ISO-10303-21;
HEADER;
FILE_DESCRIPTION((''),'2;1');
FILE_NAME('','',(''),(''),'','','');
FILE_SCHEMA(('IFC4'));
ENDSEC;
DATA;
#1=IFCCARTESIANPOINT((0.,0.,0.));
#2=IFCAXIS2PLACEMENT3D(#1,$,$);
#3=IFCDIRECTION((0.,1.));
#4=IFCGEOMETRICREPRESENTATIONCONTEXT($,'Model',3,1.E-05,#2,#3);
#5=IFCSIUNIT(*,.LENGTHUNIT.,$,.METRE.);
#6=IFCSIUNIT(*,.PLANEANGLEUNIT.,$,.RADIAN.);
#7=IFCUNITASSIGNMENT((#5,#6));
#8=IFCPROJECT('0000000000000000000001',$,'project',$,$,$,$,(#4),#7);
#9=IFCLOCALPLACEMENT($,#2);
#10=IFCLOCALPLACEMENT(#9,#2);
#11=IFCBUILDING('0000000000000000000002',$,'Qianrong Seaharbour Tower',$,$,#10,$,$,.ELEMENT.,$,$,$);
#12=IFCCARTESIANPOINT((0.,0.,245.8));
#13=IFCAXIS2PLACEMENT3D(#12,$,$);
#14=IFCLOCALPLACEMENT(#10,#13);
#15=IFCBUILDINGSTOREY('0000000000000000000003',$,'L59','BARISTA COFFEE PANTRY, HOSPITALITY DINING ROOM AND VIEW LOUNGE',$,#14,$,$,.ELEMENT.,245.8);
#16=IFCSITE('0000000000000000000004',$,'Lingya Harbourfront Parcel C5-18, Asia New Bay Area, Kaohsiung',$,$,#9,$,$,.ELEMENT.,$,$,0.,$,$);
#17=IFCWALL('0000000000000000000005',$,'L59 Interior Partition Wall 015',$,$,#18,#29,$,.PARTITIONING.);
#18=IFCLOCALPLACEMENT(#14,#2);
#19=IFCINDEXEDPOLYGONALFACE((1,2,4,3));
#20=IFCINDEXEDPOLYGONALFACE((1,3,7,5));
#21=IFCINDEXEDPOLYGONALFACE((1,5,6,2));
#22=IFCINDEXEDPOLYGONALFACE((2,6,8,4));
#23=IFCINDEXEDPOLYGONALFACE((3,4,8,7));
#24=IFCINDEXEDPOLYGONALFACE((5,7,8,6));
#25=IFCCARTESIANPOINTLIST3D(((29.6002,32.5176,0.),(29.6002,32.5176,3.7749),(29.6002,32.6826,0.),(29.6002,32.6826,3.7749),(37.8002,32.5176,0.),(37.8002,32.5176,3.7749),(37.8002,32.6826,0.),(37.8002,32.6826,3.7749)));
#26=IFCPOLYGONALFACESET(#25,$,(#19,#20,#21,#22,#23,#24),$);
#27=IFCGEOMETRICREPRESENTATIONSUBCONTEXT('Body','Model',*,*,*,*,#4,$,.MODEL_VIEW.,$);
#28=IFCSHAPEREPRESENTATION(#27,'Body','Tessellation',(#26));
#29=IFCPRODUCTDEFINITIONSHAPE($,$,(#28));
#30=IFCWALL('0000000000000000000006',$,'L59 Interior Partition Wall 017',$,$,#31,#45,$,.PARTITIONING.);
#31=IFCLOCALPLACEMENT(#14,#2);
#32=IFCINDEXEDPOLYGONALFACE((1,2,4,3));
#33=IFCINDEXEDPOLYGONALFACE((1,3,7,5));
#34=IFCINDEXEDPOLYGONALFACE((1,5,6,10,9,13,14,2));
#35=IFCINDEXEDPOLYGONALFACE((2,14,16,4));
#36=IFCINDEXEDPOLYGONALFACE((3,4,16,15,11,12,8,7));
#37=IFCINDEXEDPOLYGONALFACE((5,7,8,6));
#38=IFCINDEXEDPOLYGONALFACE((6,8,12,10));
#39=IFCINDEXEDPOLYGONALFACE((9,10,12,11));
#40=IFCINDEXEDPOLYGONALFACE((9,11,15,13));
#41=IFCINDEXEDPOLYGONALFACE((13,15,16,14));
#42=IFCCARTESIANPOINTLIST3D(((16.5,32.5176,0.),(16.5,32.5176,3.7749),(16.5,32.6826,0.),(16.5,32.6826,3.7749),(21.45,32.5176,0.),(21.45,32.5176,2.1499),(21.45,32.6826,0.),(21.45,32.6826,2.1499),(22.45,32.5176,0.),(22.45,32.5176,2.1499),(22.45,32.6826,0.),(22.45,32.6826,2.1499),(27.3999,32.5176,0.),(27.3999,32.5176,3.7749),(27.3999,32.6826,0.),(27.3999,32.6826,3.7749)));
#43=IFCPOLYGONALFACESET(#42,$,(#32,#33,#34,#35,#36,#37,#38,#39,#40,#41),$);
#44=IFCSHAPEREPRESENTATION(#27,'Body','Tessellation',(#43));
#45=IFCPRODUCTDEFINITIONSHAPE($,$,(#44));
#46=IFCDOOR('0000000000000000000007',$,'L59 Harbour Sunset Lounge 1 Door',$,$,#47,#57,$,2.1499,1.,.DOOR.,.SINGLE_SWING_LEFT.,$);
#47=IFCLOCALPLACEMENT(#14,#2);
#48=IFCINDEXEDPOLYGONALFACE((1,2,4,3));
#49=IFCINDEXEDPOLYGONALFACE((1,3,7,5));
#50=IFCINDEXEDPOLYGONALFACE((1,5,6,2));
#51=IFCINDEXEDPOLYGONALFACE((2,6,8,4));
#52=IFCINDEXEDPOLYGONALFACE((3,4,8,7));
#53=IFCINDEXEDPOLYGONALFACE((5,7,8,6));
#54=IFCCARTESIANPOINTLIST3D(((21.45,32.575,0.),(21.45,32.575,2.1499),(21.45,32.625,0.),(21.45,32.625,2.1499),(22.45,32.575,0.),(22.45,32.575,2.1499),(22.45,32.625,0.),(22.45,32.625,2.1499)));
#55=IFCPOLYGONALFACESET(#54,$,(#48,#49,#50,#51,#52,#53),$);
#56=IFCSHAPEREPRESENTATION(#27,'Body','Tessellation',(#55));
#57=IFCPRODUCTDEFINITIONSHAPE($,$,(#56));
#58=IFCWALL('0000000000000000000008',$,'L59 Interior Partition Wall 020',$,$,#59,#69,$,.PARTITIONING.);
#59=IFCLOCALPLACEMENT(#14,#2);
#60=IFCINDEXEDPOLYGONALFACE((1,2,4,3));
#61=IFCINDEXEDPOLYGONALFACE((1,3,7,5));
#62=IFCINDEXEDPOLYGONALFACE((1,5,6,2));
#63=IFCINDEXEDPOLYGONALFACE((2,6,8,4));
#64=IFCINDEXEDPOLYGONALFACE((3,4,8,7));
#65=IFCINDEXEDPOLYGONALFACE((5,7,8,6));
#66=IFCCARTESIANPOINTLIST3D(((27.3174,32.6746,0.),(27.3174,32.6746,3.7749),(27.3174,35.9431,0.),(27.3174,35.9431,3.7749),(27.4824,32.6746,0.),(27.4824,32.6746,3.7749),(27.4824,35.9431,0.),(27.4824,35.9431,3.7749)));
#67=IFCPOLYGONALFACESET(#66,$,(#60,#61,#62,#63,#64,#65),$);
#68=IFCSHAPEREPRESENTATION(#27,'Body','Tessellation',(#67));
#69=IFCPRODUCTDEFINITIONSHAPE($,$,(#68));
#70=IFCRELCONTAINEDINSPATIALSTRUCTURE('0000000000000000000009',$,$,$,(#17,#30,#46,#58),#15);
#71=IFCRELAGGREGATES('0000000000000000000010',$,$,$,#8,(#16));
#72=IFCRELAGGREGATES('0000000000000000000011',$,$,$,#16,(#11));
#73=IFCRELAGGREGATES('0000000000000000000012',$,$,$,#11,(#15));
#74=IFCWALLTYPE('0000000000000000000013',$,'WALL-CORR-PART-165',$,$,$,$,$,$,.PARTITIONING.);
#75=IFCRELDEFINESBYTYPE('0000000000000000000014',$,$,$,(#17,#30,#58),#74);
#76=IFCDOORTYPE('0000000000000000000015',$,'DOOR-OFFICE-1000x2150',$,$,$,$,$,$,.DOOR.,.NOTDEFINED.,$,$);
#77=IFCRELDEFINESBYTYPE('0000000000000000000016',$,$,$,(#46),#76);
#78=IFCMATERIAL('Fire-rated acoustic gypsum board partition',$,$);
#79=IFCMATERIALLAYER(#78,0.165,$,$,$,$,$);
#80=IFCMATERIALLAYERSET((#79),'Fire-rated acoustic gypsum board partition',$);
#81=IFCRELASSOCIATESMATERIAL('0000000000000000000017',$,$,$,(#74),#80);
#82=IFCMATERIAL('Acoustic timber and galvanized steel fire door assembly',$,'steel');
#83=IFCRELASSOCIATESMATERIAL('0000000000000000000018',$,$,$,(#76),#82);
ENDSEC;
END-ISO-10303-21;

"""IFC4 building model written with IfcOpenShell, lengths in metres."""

from ifc_helpers import new_model, si_unit, direction, frame, frame_2d, origin, place, context, subcontext, project, spatial, rectangle, extrude, material, layer, layer_set, type_object, element, fill, save


model = new_model("IFC4")

# Units and contexts
model_context = context("Model", 3, precision=1e-05, world=origin(), true_north=direction((0.0, 1.0)))
body_context = subcontext(model_context, "Body", "Model", "MODEL_VIEW")
ifc_project = project(units=[si_unit("LENGTHUNIT", "METRE"), si_unit("PLANEANGLEUNIT", "RADIAN")], contexts=[model_context])

# Site, building, storey
site_placement = place(None, origin())
site = spatial("IfcSite", under=ifc_project, at=site_placement, Name="Lingya Harbourfront Parcel C5-18, Asia New Bay Area, Kaohsiung", CompositionType="ELEMENT", RefElevation=0.0)
building_placement = place(site_placement, origin())
building = spatial("IfcBuilding", under=site, at=building_placement, Name="Qianrong Seaharbour Tower", CompositionType="ELEMENT")
storey_placement = place(building_placement, frame((0.0, 0.0, 245.8)))
storey = spatial("IfcBuildingStorey", under=building, at=storey_placement, Name="L59", Description="BARISTA COFFEE PANTRY, HOSPITALITY DINING ROOM AND VIEW LOUNGE", CompositionType="ELEMENT", Elevation=245.8)

# Wall
ifc_material_1 = material(Name="Fire-rated acoustic gypsum board partition")
ifc_layer = layer(ifc_material_1, 0.165)
ifc_layer_set = layer_set([ifc_layer], Name="Fire-rated acoustic gypsum board partition")
wall_type = type_object("IfcWallType", Name="WALL-CORR-PART-165", PredefinedType="PARTITIONING", material=ifc_layer_set)
wall_1_placement = place(storey_placement, frame((29.6001, 32.6001, 0.0), z_axis=(0.0, 0.0, 1.0), x_axis=(1.0, 0.0, 0.0)))
element("IfcWall", 1, at=wall_1_placement, inside=storey, type_object=wall_type, Name="L59 Interior Partition Wall 015", PredefinedType="PARTITIONING", context=body_context, shape_type="SweptSolid", body=[
    extrude(rectangle(XDim=8.2, YDim=0.165, at=frame_2d((4.1001, 0.0))), origin(), (0.0, 0.0, 1.0), 3.7749),
])

# Wall, opening, door
wall_2_placement = place(storey_placement, frame((16.5, 32.6001, 0.0), z_axis=(0.0, 0.0, 1.0), x_axis=(1.0, 0.0, 0.0)))
wall_2 = element("IfcWall", 2, at=wall_2_placement, inside=storey, type_object=wall_type, Name="L59 Interior Partition Wall 017", PredefinedType="PARTITIONING", context=body_context, shape_type="SweptSolid", body=[
    extrude(rectangle(XDim=10.8999, YDim=0.165, at=frame_2d((5.45, 0.0))), origin(), (0.0, 0.0, 1.0), 3.7749),
])
opening_placement = place(wall_2_placement, frame((4.95, 0.0, 0.0)))
opening = element("IfcOpeningElement", 3, at=opening_placement, cuts=wall_2, PredefinedType="OPENING", context=body_context, shape_type="SweptSolid", body=[
    extrude(rectangle(XDim=1.0, YDim=2.1499, at=frame_2d((0.5, 1.075))), frame((0.0, 0.0925, 0.0), z_axis=(0.0, -1.0, 0.0), x_axis=(1.0, 0.0, 0.0)), (0.0, 0.0, 1.0), 0.1851),
])
ifc_material_2 = material(Name="Acoustic timber and galvanized steel fire door assembly", Category="steel")
door_type = type_object("IfcDoorType", Name="DOOR-OFFICE-1000x2150", OperationType="NOTDEFINED", PredefinedType="DOOR", material=ifc_material_2)
door_placement = place(opening_placement, origin())
door = element("IfcDoor", 4, at=door_placement, inside=storey, type_object=door_type, Name="L59 Harbour Sunset Lounge 1 Door", OperationType="SINGLE_SWING_LEFT", OverallHeight=2.1499, OverallWidth=1.0, PredefinedType="DOOR", context=body_context, shape_type="SweptSolid", body=[
    extrude(rectangle(XDim=1.0, YDim=2.1499, at=frame_2d((0.5, 1.075))), frame((0.0, 0.0249, 0.0), z_axis=(0.0, -1.0, 0.0), x_axis=(1.0, 0.0, 0.0)), (0.0, 0.0, 1.0), 0.05),
])
fill(opening, door)

# Wall
wall_3_placement = place(storey_placement, frame((27.3999, 32.6746, 0.0), z_axis=(0.0, 0.0, 1.0), x_axis=(0.0, 1.0, 0.0)))
element("IfcWall", 5, at=wall_3_placement, inside=storey, type_object=wall_type, Name="L59 Interior Partition Wall 020", PredefinedType="PARTITIONING", context=body_context, shape_type="SweptSolid", body=[
    extrude(rectangle(XDim=3.2686, YDim=0.165, at=frame_2d((1.6343, 0.0))), origin(), (0.0, 0.0, 1.0), 3.7749),
])

save(model, "model.ifc")
